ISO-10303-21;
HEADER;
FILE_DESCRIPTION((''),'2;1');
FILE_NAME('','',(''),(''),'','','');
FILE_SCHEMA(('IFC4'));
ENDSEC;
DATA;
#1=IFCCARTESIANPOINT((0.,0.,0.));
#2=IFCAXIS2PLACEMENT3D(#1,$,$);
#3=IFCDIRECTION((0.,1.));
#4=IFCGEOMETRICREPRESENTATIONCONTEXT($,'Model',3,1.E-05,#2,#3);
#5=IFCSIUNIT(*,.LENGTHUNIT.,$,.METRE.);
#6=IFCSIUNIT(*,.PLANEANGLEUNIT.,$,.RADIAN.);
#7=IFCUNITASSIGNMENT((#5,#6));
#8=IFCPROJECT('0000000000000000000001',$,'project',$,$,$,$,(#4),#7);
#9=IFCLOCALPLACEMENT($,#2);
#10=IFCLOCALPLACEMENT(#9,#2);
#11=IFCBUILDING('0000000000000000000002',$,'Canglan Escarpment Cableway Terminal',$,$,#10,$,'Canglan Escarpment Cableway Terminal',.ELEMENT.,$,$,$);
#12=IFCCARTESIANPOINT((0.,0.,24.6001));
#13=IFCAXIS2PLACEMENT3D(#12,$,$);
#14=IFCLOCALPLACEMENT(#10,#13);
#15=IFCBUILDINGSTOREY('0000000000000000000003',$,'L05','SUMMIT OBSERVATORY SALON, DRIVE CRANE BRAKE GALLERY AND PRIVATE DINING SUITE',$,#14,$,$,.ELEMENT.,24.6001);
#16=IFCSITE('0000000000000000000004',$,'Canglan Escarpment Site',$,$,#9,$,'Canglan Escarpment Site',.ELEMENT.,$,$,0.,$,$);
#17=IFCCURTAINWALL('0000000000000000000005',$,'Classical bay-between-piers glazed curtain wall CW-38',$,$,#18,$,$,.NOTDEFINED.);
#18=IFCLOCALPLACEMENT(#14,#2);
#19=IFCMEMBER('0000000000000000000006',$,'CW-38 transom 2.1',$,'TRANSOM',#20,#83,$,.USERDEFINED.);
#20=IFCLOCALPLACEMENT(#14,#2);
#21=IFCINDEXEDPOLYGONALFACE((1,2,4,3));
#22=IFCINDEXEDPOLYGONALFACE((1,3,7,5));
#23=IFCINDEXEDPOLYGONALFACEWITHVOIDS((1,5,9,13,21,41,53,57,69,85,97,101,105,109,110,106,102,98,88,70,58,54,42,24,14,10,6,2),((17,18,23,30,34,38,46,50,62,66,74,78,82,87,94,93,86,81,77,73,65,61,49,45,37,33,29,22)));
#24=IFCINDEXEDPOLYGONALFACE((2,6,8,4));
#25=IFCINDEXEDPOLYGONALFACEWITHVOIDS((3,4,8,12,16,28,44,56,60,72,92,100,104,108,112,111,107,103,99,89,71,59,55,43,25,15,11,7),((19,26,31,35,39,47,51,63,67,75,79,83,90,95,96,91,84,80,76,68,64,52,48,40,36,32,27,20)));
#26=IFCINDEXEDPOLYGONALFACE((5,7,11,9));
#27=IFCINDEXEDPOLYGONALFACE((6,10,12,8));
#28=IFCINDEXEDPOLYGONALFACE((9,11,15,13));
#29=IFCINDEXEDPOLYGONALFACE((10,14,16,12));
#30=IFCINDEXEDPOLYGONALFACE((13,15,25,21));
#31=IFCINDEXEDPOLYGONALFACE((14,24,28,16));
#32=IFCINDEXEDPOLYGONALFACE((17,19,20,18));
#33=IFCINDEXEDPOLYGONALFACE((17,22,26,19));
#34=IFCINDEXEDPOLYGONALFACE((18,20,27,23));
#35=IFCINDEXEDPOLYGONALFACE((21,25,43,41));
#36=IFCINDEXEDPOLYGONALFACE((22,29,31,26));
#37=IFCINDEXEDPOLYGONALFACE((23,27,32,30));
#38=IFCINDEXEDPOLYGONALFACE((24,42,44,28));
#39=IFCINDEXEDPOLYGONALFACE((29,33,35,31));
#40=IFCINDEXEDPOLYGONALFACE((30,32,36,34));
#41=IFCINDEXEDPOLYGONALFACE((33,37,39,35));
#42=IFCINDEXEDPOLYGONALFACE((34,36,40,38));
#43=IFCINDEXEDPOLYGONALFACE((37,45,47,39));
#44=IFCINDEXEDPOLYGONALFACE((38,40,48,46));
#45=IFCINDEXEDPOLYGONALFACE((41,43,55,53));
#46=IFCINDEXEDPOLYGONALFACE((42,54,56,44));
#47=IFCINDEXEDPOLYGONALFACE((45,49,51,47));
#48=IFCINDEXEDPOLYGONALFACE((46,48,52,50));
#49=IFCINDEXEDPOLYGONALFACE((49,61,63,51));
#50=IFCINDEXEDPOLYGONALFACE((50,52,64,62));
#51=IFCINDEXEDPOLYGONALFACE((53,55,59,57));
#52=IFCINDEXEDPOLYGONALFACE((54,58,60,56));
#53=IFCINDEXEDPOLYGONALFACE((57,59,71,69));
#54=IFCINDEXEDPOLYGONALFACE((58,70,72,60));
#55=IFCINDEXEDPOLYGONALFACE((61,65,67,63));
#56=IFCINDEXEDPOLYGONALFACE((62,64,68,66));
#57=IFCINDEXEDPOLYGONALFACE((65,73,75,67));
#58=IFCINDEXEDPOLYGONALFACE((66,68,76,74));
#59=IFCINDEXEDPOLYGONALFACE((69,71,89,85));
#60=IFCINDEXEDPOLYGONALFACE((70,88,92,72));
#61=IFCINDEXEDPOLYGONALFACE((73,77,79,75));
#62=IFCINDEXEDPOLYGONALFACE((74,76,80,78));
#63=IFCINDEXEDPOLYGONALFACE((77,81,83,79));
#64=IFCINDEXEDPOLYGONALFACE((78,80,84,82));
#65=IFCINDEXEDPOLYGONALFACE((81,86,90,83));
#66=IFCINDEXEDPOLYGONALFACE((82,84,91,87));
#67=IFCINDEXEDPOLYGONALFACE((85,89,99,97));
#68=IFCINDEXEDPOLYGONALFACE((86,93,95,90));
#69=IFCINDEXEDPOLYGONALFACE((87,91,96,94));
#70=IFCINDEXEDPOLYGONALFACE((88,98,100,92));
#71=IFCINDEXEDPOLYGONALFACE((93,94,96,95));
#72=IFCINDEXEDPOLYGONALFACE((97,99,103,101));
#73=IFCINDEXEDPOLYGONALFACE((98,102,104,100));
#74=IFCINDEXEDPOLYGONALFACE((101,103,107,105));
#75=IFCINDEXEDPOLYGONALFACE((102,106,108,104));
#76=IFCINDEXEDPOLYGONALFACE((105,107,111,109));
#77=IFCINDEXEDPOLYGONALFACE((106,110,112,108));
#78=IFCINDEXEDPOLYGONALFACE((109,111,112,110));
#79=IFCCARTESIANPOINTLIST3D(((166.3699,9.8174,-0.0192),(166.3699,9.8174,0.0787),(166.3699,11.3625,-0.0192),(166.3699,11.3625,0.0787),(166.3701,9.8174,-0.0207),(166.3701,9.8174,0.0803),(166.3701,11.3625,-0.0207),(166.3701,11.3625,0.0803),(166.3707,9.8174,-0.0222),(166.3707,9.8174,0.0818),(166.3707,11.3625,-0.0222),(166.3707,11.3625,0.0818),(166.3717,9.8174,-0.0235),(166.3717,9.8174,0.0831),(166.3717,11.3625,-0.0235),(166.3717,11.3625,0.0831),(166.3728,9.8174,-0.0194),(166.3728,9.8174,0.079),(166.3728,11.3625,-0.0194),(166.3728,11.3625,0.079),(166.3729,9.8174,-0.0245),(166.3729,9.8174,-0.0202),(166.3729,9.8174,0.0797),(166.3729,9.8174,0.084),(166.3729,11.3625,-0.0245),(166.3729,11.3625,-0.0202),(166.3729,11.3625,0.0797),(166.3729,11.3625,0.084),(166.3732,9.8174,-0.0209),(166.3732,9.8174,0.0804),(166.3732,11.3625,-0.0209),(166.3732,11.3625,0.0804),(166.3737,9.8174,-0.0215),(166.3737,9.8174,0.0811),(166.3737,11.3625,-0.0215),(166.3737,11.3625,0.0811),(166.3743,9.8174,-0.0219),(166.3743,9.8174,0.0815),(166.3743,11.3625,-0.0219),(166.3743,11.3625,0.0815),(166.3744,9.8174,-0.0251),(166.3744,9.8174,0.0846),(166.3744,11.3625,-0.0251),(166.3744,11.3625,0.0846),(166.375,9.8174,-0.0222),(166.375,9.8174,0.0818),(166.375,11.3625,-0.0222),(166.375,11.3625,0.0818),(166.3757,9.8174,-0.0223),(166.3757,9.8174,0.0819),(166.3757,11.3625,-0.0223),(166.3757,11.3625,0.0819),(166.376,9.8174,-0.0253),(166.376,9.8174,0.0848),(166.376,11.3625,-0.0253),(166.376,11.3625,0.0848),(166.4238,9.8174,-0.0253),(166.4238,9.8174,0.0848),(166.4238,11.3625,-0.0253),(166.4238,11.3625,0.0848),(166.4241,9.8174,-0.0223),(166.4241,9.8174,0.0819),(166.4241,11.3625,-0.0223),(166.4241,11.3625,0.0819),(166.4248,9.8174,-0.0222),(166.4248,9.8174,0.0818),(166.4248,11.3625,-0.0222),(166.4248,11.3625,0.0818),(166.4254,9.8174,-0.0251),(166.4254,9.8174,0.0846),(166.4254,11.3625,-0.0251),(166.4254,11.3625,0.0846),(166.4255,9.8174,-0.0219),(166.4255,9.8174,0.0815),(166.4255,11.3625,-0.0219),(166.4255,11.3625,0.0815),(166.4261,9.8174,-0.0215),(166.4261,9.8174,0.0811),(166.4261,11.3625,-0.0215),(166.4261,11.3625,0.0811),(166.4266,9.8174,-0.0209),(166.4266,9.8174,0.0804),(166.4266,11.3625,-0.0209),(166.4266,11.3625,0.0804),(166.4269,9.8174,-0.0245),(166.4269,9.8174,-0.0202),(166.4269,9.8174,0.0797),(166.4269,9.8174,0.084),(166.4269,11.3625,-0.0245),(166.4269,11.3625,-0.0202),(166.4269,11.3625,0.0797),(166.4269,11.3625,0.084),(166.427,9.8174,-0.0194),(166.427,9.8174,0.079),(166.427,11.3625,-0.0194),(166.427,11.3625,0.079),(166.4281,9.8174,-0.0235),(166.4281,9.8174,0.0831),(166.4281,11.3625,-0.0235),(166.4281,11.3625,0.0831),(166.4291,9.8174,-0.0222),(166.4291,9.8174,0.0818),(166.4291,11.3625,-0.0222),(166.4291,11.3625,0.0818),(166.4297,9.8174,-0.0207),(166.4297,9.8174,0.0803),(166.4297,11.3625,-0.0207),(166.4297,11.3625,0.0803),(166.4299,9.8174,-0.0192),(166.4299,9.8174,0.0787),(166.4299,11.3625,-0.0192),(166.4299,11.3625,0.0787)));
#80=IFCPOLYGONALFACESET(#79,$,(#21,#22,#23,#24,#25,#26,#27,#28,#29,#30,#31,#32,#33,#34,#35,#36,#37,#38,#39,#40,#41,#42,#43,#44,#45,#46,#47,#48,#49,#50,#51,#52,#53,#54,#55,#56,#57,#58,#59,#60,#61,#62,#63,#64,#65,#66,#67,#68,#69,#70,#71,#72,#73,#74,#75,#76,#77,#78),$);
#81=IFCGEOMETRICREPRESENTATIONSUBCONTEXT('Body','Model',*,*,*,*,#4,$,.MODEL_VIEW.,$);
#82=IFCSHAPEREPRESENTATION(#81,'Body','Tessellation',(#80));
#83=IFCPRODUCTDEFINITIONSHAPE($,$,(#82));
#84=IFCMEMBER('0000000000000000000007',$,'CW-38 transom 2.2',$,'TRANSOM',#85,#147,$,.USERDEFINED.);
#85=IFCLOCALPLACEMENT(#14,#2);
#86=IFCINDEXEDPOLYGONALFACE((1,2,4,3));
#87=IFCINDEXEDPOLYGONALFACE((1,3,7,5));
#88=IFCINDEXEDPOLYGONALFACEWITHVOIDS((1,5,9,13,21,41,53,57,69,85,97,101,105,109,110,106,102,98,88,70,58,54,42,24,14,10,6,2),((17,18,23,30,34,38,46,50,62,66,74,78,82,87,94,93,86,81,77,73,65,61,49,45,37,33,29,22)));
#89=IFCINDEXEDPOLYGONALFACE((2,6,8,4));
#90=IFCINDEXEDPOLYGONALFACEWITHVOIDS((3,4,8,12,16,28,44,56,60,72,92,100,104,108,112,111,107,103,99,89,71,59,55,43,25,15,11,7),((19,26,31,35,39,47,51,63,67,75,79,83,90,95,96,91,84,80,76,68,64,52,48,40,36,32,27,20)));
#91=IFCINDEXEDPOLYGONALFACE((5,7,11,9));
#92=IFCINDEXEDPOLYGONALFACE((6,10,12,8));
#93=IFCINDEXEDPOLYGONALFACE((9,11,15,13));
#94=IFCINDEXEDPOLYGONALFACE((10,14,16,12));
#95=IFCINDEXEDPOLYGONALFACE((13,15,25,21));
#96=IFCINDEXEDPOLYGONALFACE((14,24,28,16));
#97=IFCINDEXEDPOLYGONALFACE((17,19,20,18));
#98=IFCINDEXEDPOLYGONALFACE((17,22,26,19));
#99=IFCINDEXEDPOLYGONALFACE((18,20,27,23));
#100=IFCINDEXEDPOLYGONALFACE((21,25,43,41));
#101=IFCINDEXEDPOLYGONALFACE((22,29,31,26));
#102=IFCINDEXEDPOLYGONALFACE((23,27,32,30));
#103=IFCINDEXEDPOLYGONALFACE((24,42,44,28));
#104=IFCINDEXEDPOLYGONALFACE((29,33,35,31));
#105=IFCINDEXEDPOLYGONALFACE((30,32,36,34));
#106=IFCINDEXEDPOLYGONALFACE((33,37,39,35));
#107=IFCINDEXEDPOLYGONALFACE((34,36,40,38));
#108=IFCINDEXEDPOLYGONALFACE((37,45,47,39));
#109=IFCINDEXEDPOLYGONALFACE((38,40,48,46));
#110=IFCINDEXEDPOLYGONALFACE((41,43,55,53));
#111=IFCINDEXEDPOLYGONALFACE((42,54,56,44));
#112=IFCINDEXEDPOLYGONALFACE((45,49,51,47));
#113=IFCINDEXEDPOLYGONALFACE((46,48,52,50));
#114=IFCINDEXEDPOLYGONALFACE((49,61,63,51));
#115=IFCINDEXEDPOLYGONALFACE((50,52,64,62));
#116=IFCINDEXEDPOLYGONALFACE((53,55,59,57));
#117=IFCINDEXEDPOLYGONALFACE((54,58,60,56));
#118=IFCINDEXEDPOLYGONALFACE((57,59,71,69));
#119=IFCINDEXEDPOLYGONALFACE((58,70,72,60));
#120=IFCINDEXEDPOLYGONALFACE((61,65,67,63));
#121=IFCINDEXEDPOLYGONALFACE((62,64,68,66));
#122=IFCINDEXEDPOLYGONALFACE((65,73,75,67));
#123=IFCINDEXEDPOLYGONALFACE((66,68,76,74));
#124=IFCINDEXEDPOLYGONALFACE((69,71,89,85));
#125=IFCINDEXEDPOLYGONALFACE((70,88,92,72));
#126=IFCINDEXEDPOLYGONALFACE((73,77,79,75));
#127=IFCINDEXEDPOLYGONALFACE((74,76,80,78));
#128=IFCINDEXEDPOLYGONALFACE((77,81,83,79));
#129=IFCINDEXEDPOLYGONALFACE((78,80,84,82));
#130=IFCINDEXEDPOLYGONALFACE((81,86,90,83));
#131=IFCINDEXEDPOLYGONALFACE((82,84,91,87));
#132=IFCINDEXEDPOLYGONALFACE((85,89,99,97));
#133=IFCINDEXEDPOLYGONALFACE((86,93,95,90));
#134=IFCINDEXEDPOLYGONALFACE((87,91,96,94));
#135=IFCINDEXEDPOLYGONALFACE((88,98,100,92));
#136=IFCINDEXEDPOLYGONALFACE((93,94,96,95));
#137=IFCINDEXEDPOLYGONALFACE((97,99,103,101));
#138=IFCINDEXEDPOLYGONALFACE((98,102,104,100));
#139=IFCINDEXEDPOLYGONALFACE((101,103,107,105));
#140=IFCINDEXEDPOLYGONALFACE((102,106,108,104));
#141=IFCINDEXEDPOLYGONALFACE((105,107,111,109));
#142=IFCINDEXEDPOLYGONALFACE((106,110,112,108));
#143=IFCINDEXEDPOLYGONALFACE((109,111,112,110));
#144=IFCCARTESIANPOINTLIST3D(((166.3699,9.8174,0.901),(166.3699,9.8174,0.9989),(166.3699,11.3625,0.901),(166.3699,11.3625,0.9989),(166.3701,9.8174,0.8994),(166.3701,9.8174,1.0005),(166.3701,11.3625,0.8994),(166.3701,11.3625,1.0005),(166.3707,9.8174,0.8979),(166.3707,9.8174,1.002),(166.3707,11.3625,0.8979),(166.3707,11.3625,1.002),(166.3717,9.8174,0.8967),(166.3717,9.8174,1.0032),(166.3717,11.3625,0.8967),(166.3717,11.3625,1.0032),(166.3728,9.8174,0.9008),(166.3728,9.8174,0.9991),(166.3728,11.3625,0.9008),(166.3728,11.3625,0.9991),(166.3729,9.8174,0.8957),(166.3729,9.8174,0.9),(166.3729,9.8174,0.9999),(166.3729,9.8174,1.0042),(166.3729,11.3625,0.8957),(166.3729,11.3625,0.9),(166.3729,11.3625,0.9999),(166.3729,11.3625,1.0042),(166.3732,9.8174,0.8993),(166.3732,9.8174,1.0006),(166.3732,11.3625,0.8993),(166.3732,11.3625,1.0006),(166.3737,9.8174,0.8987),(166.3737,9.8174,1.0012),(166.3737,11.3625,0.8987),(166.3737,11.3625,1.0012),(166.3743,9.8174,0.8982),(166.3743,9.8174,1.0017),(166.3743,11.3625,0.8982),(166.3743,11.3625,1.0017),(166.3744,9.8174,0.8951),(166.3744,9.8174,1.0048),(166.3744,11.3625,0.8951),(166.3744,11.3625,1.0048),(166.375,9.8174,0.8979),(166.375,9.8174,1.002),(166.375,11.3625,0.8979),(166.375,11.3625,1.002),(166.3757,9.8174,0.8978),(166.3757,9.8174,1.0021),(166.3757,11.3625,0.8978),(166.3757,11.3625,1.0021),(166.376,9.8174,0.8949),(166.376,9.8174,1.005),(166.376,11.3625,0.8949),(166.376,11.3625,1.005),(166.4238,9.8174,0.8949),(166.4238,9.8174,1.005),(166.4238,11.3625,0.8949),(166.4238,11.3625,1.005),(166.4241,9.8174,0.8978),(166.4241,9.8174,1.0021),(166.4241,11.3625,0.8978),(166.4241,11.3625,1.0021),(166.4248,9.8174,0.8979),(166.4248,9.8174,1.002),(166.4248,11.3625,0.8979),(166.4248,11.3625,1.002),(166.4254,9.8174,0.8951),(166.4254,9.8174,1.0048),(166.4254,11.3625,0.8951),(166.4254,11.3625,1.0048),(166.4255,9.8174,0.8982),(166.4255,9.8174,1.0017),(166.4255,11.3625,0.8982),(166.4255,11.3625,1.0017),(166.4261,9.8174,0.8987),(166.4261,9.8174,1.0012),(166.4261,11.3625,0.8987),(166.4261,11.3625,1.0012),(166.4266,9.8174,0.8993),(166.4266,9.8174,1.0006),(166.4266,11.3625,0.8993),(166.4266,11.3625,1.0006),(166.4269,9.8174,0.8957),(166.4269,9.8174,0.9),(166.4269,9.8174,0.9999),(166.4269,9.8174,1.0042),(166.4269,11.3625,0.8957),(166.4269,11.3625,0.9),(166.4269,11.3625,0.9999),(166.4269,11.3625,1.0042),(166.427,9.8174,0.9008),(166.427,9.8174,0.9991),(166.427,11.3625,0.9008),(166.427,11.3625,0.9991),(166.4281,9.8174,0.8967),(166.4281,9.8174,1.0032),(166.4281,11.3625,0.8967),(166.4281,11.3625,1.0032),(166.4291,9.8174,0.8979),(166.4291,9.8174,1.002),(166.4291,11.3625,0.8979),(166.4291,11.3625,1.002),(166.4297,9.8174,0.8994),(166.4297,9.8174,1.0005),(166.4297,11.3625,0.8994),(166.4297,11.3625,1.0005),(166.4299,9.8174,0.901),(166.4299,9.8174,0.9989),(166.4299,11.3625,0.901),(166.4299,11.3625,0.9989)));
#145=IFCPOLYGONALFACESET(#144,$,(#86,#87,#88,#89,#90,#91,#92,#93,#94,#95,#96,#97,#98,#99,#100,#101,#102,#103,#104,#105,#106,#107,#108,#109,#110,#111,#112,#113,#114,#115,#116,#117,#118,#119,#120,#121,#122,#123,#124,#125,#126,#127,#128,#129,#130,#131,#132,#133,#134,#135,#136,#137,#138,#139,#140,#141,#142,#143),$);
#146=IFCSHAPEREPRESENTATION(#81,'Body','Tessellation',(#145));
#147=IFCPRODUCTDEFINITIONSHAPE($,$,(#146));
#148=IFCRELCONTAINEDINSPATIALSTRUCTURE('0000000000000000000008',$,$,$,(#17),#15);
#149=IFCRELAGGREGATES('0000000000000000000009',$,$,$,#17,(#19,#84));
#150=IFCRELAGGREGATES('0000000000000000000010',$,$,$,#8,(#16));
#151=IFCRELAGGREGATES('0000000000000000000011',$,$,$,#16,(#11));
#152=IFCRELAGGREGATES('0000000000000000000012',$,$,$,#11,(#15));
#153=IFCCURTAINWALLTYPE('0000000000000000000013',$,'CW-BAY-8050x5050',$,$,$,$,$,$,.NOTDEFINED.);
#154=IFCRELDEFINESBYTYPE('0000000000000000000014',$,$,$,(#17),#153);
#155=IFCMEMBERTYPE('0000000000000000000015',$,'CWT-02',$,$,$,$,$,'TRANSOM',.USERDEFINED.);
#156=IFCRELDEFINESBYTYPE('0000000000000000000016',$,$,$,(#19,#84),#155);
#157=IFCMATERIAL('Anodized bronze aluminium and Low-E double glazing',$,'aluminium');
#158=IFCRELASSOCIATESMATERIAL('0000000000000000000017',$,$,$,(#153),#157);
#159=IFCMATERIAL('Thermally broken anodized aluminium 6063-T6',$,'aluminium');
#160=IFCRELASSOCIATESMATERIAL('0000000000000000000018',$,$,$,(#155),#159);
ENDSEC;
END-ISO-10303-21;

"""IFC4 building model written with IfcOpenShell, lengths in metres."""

from ifc_helpers import new_model, si_unit, direction, frame, origin, origin_2d, place, context, subcontext, project, spatial, hollow_rectangle, extrude, material, material_profile, profile_set, type_object, element, aggregate, save


model = new_model("IFC4")

# Units and contexts
model_context = context("Model", 3, precision=1e-05, world=origin(), true_north=direction((0.0, 1.0)))
body_context = subcontext(model_context, "Body", "Model", "MODEL_VIEW")
ifc_project = project(units=[si_unit("LENGTHUNIT", "METRE"), si_unit("PLANEANGLEUNIT", "RADIAN")], contexts=[model_context])

# Site, building, storey
site_placement = place(None, origin())
site = spatial("IfcSite", under=ifc_project, at=site_placement, Name="Canglan Escarpment Site", LongName="Canglan Escarpment Site", CompositionType="ELEMENT", RefElevation=0.0)
building_placement = place(site_placement, origin())
building = spatial("IfcBuilding", under=site, at=building_placement, Name="Canglan Escarpment Cableway Terminal", LongName="Canglan Escarpment Cableway Terminal", CompositionType="ELEMENT")
storey_placement = place(building_placement, frame((0.0, 0.0, 24.6001)))
storey = spatial("IfcBuildingStorey", under=building, at=storey_placement, Name="L05", Description="SUMMIT OBSERVATORY SALON, DRIVE CRANE BRAKE GALLERY AND PRIVATE DINING SUITE", CompositionType="ELEMENT", Elevation=24.6001)

# Curtain wall
ifc_material_1 = material(Name="Anodized bronze aluminium and Low-E double glazing", Category="aluminium")
curtain_wall_type_1 = type_object("IfcCurtainWallType", Name="CW-BAY-8050x5050", PredefinedType="NOTDEFINED", material=ifc_material_1)
curtain_wall_1_placement = place(storey_placement, origin())
curtain_wall_1 = element("IfcCurtainWall", 1, at=curtain_wall_1_placement, inside=storey, type_object=curtain_wall_type_1, Name="Classical bay-between-piers glazed curtain wall CW-38", PredefinedType="NOTDEFINED")
ifc_material_2 = material(Name="Thermally broken anodized aluminium 6063-T6", Category="aluminium")

# Members
ifc_material_profile_1 = material_profile(ifc_material_2, hollow_rectangle(XDim=0.0601, YDim=0.1101, WallThickness=0.0029, InnerFilletRadius=0.0029, OuterFilletRadius=0.0061, at=origin_2d()), Name="ALU-TRAN 60x110x3")
ifc_profile_set_1 = profile_set([ifc_material_profile_1], Name="Thermally broken anodized aluminium 6063-T6")
member_type_1 = type_object("IfcMemberType", Name="CWT-02", ElementType="TRANSOM", PredefinedType="USERDEFINED", material=ifc_profile_set_1)
member_1_placement = place(storey_placement, frame((166.3999, 9.8174, 0.0298), z_axis=(0.0, 1.0, 0.0), x_axis=(-1.0, 0.0, 0.0)))
member_1 = element("IfcMember", 2, at=member_1_placement, type_object=member_type_1, Name="CW-38 transom 2.1", ObjectType="TRANSOM", PredefinedType="USERDEFINED", context=body_context, shape_type="SweptSolid", body=[
    extrude(hollow_rectangle(XDim=0.0601, YDim=0.1101, WallThickness=0.0029, InnerFilletRadius=0.0029, OuterFilletRadius=0.0061, at=origin_2d()), origin(), (0.0, 0.0, 1.0), 1.5452),
])
member_2_placement = place(storey_placement, frame((166.3999, 9.8174, 0.95), z_axis=(0.0, 1.0, 0.0), x_axis=(-1.0, 0.0, 0.0)))
member_2 = element("IfcMember", 3, at=member_2_placement, type_object=member_type_1, Name="CW-38 transom 2.2", ObjectType="TRANSOM", PredefinedType="USERDEFINED", context=body_context, shape_type="SweptSolid", body=[
    extrude(hollow_rectangle(XDim=0.0601, YDim=0.1101, WallThickness=0.0029, InnerFilletRadius=0.0029, OuterFilletRadius=0.0061, at=origin_2d()), origin(), (0.0, 0.0, 1.0), 1.5452),
])

aggregate(curtain_wall_1, [member_1, member_2])

save(model, "model.ifc")
